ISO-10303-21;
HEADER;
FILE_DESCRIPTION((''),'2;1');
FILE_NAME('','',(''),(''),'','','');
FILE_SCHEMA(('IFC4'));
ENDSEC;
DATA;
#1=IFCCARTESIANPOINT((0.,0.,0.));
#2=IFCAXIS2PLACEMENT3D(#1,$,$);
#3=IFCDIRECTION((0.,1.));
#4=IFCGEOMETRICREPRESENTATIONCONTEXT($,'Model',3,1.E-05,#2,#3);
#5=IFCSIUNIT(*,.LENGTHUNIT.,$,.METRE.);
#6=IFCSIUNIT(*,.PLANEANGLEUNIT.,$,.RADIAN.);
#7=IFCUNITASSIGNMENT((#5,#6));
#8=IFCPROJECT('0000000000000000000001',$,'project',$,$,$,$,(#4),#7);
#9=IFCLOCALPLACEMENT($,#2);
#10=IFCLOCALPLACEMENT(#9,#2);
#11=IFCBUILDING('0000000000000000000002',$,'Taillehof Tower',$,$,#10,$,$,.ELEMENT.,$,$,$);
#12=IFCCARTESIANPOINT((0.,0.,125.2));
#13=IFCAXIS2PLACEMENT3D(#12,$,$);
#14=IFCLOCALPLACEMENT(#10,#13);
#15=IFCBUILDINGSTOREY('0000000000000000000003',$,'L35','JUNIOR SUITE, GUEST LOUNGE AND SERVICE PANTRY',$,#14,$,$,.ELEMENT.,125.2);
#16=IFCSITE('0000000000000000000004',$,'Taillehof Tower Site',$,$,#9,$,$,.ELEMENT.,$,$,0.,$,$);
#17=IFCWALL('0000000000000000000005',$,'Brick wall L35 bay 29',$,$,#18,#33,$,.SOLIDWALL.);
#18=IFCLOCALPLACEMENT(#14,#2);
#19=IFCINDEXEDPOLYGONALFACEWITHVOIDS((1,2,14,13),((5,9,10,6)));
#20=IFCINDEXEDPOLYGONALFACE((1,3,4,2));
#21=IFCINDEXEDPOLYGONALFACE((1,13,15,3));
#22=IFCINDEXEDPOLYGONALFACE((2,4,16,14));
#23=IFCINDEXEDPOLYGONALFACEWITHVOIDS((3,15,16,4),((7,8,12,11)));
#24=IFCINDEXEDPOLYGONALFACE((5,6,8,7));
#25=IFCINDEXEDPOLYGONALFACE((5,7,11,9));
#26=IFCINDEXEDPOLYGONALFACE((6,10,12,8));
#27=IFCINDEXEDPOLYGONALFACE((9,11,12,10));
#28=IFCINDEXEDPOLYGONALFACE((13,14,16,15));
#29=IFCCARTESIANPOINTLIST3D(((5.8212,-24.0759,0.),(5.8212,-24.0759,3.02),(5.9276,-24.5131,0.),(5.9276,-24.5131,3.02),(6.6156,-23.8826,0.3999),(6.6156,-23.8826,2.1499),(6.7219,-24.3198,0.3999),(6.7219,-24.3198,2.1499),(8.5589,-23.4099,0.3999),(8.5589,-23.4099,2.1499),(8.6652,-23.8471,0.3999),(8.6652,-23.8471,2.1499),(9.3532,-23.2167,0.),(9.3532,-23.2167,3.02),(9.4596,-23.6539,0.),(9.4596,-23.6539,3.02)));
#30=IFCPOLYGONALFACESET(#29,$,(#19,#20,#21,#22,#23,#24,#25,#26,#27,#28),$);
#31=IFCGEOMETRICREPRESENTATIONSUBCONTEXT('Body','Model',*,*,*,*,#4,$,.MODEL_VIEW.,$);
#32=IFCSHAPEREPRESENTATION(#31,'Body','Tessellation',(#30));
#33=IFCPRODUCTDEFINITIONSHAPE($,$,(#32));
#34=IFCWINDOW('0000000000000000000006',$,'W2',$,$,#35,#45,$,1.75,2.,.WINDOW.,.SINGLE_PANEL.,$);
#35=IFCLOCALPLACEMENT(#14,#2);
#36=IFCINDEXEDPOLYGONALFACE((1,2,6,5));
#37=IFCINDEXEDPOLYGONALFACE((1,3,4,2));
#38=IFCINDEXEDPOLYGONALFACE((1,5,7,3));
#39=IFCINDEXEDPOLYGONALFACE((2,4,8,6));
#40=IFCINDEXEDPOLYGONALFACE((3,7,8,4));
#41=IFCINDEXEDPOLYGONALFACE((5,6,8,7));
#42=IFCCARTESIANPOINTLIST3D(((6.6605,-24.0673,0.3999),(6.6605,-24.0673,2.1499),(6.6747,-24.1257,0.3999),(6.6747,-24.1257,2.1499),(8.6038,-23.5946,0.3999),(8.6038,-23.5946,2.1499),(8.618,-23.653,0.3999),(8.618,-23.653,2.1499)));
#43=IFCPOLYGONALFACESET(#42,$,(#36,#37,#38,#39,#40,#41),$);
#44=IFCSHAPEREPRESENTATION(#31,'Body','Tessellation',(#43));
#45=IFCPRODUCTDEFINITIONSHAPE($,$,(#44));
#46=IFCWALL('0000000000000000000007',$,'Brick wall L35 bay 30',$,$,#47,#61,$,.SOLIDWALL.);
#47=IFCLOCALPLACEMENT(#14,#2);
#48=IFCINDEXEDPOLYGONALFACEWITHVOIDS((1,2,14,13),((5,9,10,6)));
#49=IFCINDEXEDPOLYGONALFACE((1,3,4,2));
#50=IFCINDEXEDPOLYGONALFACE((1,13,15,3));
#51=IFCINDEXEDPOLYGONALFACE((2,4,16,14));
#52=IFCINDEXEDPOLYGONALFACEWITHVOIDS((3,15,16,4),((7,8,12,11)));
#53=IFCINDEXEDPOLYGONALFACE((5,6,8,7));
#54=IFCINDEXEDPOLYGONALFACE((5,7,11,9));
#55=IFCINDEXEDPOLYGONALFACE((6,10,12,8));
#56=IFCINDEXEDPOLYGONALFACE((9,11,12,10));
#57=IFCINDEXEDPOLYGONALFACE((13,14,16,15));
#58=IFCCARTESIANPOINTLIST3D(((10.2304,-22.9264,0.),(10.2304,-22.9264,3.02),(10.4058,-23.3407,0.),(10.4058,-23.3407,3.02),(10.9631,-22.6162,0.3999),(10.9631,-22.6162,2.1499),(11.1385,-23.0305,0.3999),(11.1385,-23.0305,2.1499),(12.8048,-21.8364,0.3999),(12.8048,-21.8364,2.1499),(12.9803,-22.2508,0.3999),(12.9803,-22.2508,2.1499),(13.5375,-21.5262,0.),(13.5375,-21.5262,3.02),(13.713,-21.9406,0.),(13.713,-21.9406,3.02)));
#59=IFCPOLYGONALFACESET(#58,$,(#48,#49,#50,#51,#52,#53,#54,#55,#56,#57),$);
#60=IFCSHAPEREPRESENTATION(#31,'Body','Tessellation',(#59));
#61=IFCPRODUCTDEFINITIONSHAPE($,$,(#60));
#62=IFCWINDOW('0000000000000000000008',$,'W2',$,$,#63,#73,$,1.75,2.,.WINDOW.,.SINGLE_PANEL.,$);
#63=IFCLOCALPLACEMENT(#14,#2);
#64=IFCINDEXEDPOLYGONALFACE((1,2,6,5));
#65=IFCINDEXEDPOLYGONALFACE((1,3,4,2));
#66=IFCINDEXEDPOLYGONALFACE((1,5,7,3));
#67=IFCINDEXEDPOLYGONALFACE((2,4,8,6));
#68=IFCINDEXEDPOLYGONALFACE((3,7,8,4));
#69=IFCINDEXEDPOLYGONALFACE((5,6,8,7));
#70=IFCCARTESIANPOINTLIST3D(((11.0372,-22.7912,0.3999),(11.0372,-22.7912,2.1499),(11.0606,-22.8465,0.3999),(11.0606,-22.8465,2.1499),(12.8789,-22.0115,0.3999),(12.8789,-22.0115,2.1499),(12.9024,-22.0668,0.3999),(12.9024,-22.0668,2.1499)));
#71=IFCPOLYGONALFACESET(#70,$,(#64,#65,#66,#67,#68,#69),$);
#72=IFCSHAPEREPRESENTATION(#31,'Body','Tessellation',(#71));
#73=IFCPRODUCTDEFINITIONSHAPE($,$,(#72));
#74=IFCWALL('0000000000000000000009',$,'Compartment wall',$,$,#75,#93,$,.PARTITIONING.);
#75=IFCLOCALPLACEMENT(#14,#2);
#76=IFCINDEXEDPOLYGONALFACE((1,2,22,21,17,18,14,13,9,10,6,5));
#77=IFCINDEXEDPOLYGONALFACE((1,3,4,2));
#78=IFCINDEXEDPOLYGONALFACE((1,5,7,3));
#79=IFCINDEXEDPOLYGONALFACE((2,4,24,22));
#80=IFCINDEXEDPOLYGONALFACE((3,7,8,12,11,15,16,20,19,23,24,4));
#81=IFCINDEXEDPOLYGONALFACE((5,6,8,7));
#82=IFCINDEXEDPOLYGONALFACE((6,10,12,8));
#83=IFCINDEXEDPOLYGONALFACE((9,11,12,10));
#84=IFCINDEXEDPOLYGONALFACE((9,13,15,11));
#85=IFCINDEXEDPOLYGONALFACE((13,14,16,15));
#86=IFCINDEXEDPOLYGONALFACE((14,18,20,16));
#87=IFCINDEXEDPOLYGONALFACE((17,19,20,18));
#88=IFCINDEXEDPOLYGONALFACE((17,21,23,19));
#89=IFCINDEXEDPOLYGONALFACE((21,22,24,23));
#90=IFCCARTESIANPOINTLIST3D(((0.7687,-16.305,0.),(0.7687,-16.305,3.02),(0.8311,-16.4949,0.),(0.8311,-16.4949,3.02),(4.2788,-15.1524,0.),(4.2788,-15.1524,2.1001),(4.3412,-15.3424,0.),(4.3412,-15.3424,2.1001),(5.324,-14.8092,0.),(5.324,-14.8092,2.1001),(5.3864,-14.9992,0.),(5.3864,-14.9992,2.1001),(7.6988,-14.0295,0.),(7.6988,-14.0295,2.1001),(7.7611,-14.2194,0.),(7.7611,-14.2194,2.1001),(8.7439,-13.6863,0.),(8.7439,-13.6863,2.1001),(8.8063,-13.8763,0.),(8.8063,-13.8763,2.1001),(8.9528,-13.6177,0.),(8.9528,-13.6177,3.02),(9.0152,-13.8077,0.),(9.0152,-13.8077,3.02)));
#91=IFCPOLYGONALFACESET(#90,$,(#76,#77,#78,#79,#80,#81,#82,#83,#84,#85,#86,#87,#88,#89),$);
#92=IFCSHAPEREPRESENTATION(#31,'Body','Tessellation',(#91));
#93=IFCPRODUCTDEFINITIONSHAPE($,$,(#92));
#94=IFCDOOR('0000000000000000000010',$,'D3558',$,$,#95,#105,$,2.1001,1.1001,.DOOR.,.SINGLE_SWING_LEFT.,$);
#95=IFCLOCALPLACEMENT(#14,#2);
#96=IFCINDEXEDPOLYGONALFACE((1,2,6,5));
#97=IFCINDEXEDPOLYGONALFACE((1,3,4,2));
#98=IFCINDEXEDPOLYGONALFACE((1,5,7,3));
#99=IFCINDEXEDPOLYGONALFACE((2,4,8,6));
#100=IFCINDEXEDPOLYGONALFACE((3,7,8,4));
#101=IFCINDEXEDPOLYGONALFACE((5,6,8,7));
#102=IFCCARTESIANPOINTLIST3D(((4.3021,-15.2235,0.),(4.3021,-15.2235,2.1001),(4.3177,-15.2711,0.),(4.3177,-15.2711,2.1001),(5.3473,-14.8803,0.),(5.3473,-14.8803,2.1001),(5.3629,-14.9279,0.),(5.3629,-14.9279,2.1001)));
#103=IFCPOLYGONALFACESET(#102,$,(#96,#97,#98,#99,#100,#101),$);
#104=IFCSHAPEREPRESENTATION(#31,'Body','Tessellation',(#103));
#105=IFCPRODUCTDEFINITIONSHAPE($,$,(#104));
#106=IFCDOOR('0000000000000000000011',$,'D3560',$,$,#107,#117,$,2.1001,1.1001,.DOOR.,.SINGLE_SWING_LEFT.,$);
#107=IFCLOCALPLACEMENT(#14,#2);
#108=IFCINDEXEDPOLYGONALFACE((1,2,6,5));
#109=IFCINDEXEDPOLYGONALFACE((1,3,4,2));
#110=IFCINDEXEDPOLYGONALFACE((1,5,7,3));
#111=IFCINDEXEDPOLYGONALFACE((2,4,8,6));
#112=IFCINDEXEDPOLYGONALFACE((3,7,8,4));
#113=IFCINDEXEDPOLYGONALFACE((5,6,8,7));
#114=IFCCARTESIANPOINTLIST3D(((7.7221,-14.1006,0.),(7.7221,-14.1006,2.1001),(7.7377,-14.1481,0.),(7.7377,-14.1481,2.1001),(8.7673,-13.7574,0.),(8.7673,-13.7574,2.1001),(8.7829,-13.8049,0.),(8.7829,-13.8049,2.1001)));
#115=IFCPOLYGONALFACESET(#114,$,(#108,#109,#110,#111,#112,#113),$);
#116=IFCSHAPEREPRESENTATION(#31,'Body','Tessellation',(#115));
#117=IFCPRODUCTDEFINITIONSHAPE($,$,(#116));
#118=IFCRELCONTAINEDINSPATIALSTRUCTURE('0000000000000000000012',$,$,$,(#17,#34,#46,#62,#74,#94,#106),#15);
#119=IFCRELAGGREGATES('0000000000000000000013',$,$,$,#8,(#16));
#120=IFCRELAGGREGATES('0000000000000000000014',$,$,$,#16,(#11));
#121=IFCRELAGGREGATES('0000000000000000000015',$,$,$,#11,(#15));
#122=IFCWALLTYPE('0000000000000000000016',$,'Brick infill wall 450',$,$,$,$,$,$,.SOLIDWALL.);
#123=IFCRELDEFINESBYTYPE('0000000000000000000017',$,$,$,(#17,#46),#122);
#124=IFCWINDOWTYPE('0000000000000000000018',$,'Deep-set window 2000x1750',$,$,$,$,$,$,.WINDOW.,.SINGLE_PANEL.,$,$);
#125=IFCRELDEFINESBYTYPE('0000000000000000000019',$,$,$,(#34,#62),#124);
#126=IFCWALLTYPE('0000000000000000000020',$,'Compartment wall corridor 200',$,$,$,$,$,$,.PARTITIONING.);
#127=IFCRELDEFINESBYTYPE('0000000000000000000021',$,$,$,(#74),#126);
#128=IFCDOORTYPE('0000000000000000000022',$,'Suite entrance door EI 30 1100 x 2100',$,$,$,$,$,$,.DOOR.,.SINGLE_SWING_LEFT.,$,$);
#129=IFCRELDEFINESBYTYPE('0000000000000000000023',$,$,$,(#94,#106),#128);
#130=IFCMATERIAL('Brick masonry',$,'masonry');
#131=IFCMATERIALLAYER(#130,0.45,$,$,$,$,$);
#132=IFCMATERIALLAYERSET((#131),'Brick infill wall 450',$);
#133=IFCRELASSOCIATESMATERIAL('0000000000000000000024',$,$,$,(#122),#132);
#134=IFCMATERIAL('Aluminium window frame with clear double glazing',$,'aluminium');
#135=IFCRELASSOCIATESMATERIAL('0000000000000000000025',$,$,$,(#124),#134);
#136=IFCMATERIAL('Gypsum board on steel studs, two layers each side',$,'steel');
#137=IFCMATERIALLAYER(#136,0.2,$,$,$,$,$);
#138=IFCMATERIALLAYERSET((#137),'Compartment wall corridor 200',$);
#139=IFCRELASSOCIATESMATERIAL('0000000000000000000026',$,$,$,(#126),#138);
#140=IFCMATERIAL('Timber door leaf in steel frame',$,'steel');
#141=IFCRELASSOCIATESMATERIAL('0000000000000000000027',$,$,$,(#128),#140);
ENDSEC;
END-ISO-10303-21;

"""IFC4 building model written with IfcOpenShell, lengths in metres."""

from ifc_helpers import new_model, si_unit, direction, frame, frame_2d, origin, place, context, subcontext, project, spatial, rectangle, extrude, material, layer, layer_set, type_object, element, fill, save


model = new_model("IFC4")

# Units and contexts
model_context = context("Model", 3, precision=1e-05, world=origin(), true_north=direction((0.0, 1.0)))
body_context = subcontext(model_context, "Body", "Model", "MODEL_VIEW")
ifc_project = project(units=[si_unit("LENGTHUNIT", "METRE"), si_unit("PLANEANGLEUNIT", "RADIAN")], contexts=[model_context])

# Site, building, storey
site_placement = place(None, origin())
site = spatial("IfcSite", under=ifc_project, at=site_placement, Name="Taillehof Tower Site", CompositionType="ELEMENT", RefElevation=0.0)
building_placement = place(site_placement, origin())
building = spatial("IfcBuilding", under=site, at=building_placement, Name="Taillehof Tower", CompositionType="ELEMENT")
storey_placement = place(building_placement, frame((0.0, 0.0, 125.2)))
storey = spatial("IfcBuildingStorey", under=building, at=storey_placement, Name="L35", Description="JUNIOR SUITE, GUEST LOUNGE AND SERVICE PANTRY", CompositionType="ELEMENT", Elevation=125.2)

# Walls, openings, windows
ifc_material_1 = material(Name="Brick masonry", Category="masonry")
ifc_layer_1 = layer(ifc_material_1, 0.45)
ifc_layer_set_1 = layer_set([ifc_layer_1], Name="Brick infill wall 450")
wall_type_1 = type_object("IfcWallType", Name="Brick infill wall 450", PredefinedType="SOLIDWALL", material=ifc_layer_set_1)
ifc_material_2 = material(Name="Aluminium window frame with clear double glazing", Category="aluminium")
window_type = type_object("IfcWindowType", Name="Deep-set window 2000x1750", PartitioningType="SINGLE_PANEL", PredefinedType="WINDOW", material=ifc_material_2)
wall_1_placement = place(storey_placement, frame((5.8745, -24.2944, 0.0), z_axis=(0.0, 0.0, 1.0), x_axis=(0.971668, 0.236352, 0.0)))
wall_1 = element("IfcWall", 1, at=wall_1_placement, inside=storey, type_object=wall_type_1, Name="Brick wall L35 bay 29", PredefinedType="SOLIDWALL", context=body_context, shape_type="SweptSolid", body=[
    extrude(rectangle(XDim=3.635, YDim=0.45, at=frame_2d((1.8174, 0.0))), origin(), (0.0, 0.0, 1.0), 3.02),
])
opening_1_placement = place(wall_1_placement, frame((0.8174, 0.0, 0.3999)))
opening_1 = element("IfcOpeningElement", 2, at=opening_1_placement, cuts=wall_1, PredefinedType="OPENING", context=body_context, shape_type="SweptSolid", body=[
    extrude(rectangle(XDim=2.0, YDim=1.75, at=frame_2d((1.0, 0.875))), frame((0.0, 0.2349, 0.0), z_axis=(0.0, -1.0, 0.0), x_axis=(1.0, 0.0, 0.0)), (0.0, 0.0, 1.0), 0.47),
])
window_1_placement = place(opening_1_placement, origin())
window_1 = element("IfcWindow", 3, at=window_1_placement, inside=storey, type_object=window_type, Name="W2", OverallHeight=1.75, OverallWidth=2.0, PartitioningType="SINGLE_PANEL", PredefinedType="WINDOW", context=body_context, shape_type="SweptSolid", body=[
    extrude(rectangle(XDim=2.0, YDim=1.75, at=frame_2d((1.0, 0.875))), frame((0.0, 0.0349, 0.0), z_axis=(0.0, -1.0, 0.0), x_axis=(1.0, 0.0, 0.0)), (0.0, 0.0, 1.0), 0.0601),
])
fill(opening_1, window_1)
wall_2_placement = place(storey_placement, frame((10.3181, -23.1335, 0.0), z_axis=(0.0, 0.0, 1.0), x_axis=(0.92087, 0.389871, 0.0)))
wall_2 = element("IfcWall", 4, at=wall_2_placement, inside=storey, type_object=wall_type_1, Name="Brick wall L35 bay 30", PredefinedType="SOLIDWALL", context=body_context, shape_type="SweptSolid", body=[
    extrude(rectangle(XDim=3.5913, YDim=0.45, at=frame_2d((1.7957, 0.0))), origin(), (0.0, 0.0, 1.0), 3.02),
])
opening_2_placement = place(wall_2_placement, frame((0.7957, 0.0, 0.3999)))
opening_2 = element("IfcOpeningElement", 5, at=opening_2_placement, cuts=wall_2, PredefinedType="OPENING", context=body_context, shape_type="SweptSolid", body=[
    extrude(rectangle(XDim=2.0, YDim=1.75, at=frame_2d((1.0, 0.875))), frame((0.0, 0.2349, 0.0), z_axis=(0.0, -1.0, 0.0), x_axis=(1.0, 0.0, 0.0)), (0.0, 0.0, 1.0), 0.47),
])
window_2_placement = place(opening_2_placement, origin())
window_2 = element("IfcWindow", 6, at=window_2_placement, inside=storey, type_object=window_type, Name="W2", OverallHeight=1.75, OverallWidth=2.0, PartitioningType="SINGLE_PANEL", PredefinedType="WINDOW", context=body_context, shape_type="SweptSolid", body=[
    extrude(rectangle(XDim=2.0, YDim=1.75, at=frame_2d((1.0, 0.875))), frame((0.0, 0.0349, 0.0), z_axis=(0.0, -1.0, 0.0), x_axis=(1.0, 0.0, 0.0)), (0.0, 0.0, 1.0), 0.0601),
])
fill(opening_2, window_2)

# Wall, openings, doors
ifc_material_3 = material(Name="Gypsum board on steel studs, two layers each side", Category="steel")
ifc_layer_2 = layer(ifc_material_3, 0.2)
ifc_layer_set_2 = layer_set([ifc_layer_2], Name="Compartment wall corridor 200")
wall_type_2 = type_object("IfcWallType", Name="Compartment wall corridor 200", PredefinedType="PARTITIONING", material=ifc_layer_set_2)
wall_3_placement = place(storey_placement, frame((8.9841, -13.7126, 0.0), z_axis=(0.0, 0.0, 1.0), x_axis=(-0.950094, -0.311965, 0.0)))
wall_3 = element("IfcWall", 7, at=wall_3_placement, inside=storey, type_object=wall_type_2, Name="Compartment wall", PredefinedType="PARTITIONING", context=body_context, shape_type="SweptSolid", body=[
    extrude(rectangle(XDim=8.614, YDim=0.2, at=frame_2d((4.3071, 0.0))), origin(), (0.0, 0.0, 1.0), 3.02),
])
opening_3_placement = place(wall_3_placement, frame((3.8196, 0.0, 0.0)))
opening_3 = element("IfcOpeningElement", 8, at=opening_3_placement, cuts=wall_3, PredefinedType="OPENING", context=body_context, shape_type="SweptSolid", body=[
    extrude(rectangle(XDim=1.1001, YDim=2.1001, at=frame_2d((0.55, 1.05))), frame((0.0, 0.1099, 0.0), z_axis=(0.0, -1.0, 0.0), x_axis=(1.0, 0.0, 0.0)), (0.0, 0.0, 1.0), 0.22),
])
opening_4_placement = place(wall_3_placement, frame((0.22, 0.0, 0.0)))
opening_4 = element("IfcOpeningElement", 9, at=opening_4_placement, cuts=wall_3, PredefinedType="OPENING", context=body_context, shape_type="SweptSolid", body=[
    extrude(rectangle(XDim=1.1001, YDim=2.1001, at=frame_2d((0.55, 1.05))), frame((0.0, 0.1099, 0.0), z_axis=(0.0, -1.0, 0.0), x_axis=(1.0, 0.0, 0.0)), (0.0, 0.0, 1.0), 0.22),
])
ifc_material_4 = material(Name="Timber door leaf in steel frame", Category="steel")
door_type_1 = type_object("IfcDoorType", Name="Suite entrance door EI 30 1100 x 2100", OperationType="SINGLE_SWING_LEFT", PredefinedType="DOOR", material=ifc_material_4)
door_1_placement = place(opening_3_placement, origin())
door_1 = element("IfcDoor", 10, at=door_1_placement, inside=storey, type_object=door_type_1, Name="D3558", OperationType="SINGLE_SWING_LEFT", OverallHeight=2.1001, OverallWidth=1.1001, PredefinedType="DOOR", context=body_context, shape_type="SweptSolid", body=[
    extrude(rectangle(XDim=1.1001, YDim=2.1001, at=frame_2d((0.55, 1.05))), frame((0.0, 0.0249, 0.0), z_axis=(0.0, -1.0, 0.0), x_axis=(1.0, 0.0, 0.0)), (0.0, 0.0, 1.0), 0.05),
])
fill(opening_3, door_1)
door_2_placement = place(opening_4_placement, origin())
door_2 = element("IfcDoor", 11, at=door_2_placement, inside=storey, type_object=door_type_1, Name="D3560", OperationType="SINGLE_SWING_LEFT", OverallHeight=2.1001, OverallWidth=1.1001, PredefinedType="DOOR", context=body_context, shape_type="SweptSolid", body=[
    extrude(rectangle(XDim=1.1001, YDim=2.1001, at=frame_2d((0.55, 1.05))), frame((0.0, 0.0249, 0.0), z_axis=(0.0, -1.0, 0.0), x_axis=(1.0, 0.0, 0.0)), (0.0, 0.0, 1.0), 0.05),
])
fill(opening_4, door_2)

save(model, "model.ifc")
